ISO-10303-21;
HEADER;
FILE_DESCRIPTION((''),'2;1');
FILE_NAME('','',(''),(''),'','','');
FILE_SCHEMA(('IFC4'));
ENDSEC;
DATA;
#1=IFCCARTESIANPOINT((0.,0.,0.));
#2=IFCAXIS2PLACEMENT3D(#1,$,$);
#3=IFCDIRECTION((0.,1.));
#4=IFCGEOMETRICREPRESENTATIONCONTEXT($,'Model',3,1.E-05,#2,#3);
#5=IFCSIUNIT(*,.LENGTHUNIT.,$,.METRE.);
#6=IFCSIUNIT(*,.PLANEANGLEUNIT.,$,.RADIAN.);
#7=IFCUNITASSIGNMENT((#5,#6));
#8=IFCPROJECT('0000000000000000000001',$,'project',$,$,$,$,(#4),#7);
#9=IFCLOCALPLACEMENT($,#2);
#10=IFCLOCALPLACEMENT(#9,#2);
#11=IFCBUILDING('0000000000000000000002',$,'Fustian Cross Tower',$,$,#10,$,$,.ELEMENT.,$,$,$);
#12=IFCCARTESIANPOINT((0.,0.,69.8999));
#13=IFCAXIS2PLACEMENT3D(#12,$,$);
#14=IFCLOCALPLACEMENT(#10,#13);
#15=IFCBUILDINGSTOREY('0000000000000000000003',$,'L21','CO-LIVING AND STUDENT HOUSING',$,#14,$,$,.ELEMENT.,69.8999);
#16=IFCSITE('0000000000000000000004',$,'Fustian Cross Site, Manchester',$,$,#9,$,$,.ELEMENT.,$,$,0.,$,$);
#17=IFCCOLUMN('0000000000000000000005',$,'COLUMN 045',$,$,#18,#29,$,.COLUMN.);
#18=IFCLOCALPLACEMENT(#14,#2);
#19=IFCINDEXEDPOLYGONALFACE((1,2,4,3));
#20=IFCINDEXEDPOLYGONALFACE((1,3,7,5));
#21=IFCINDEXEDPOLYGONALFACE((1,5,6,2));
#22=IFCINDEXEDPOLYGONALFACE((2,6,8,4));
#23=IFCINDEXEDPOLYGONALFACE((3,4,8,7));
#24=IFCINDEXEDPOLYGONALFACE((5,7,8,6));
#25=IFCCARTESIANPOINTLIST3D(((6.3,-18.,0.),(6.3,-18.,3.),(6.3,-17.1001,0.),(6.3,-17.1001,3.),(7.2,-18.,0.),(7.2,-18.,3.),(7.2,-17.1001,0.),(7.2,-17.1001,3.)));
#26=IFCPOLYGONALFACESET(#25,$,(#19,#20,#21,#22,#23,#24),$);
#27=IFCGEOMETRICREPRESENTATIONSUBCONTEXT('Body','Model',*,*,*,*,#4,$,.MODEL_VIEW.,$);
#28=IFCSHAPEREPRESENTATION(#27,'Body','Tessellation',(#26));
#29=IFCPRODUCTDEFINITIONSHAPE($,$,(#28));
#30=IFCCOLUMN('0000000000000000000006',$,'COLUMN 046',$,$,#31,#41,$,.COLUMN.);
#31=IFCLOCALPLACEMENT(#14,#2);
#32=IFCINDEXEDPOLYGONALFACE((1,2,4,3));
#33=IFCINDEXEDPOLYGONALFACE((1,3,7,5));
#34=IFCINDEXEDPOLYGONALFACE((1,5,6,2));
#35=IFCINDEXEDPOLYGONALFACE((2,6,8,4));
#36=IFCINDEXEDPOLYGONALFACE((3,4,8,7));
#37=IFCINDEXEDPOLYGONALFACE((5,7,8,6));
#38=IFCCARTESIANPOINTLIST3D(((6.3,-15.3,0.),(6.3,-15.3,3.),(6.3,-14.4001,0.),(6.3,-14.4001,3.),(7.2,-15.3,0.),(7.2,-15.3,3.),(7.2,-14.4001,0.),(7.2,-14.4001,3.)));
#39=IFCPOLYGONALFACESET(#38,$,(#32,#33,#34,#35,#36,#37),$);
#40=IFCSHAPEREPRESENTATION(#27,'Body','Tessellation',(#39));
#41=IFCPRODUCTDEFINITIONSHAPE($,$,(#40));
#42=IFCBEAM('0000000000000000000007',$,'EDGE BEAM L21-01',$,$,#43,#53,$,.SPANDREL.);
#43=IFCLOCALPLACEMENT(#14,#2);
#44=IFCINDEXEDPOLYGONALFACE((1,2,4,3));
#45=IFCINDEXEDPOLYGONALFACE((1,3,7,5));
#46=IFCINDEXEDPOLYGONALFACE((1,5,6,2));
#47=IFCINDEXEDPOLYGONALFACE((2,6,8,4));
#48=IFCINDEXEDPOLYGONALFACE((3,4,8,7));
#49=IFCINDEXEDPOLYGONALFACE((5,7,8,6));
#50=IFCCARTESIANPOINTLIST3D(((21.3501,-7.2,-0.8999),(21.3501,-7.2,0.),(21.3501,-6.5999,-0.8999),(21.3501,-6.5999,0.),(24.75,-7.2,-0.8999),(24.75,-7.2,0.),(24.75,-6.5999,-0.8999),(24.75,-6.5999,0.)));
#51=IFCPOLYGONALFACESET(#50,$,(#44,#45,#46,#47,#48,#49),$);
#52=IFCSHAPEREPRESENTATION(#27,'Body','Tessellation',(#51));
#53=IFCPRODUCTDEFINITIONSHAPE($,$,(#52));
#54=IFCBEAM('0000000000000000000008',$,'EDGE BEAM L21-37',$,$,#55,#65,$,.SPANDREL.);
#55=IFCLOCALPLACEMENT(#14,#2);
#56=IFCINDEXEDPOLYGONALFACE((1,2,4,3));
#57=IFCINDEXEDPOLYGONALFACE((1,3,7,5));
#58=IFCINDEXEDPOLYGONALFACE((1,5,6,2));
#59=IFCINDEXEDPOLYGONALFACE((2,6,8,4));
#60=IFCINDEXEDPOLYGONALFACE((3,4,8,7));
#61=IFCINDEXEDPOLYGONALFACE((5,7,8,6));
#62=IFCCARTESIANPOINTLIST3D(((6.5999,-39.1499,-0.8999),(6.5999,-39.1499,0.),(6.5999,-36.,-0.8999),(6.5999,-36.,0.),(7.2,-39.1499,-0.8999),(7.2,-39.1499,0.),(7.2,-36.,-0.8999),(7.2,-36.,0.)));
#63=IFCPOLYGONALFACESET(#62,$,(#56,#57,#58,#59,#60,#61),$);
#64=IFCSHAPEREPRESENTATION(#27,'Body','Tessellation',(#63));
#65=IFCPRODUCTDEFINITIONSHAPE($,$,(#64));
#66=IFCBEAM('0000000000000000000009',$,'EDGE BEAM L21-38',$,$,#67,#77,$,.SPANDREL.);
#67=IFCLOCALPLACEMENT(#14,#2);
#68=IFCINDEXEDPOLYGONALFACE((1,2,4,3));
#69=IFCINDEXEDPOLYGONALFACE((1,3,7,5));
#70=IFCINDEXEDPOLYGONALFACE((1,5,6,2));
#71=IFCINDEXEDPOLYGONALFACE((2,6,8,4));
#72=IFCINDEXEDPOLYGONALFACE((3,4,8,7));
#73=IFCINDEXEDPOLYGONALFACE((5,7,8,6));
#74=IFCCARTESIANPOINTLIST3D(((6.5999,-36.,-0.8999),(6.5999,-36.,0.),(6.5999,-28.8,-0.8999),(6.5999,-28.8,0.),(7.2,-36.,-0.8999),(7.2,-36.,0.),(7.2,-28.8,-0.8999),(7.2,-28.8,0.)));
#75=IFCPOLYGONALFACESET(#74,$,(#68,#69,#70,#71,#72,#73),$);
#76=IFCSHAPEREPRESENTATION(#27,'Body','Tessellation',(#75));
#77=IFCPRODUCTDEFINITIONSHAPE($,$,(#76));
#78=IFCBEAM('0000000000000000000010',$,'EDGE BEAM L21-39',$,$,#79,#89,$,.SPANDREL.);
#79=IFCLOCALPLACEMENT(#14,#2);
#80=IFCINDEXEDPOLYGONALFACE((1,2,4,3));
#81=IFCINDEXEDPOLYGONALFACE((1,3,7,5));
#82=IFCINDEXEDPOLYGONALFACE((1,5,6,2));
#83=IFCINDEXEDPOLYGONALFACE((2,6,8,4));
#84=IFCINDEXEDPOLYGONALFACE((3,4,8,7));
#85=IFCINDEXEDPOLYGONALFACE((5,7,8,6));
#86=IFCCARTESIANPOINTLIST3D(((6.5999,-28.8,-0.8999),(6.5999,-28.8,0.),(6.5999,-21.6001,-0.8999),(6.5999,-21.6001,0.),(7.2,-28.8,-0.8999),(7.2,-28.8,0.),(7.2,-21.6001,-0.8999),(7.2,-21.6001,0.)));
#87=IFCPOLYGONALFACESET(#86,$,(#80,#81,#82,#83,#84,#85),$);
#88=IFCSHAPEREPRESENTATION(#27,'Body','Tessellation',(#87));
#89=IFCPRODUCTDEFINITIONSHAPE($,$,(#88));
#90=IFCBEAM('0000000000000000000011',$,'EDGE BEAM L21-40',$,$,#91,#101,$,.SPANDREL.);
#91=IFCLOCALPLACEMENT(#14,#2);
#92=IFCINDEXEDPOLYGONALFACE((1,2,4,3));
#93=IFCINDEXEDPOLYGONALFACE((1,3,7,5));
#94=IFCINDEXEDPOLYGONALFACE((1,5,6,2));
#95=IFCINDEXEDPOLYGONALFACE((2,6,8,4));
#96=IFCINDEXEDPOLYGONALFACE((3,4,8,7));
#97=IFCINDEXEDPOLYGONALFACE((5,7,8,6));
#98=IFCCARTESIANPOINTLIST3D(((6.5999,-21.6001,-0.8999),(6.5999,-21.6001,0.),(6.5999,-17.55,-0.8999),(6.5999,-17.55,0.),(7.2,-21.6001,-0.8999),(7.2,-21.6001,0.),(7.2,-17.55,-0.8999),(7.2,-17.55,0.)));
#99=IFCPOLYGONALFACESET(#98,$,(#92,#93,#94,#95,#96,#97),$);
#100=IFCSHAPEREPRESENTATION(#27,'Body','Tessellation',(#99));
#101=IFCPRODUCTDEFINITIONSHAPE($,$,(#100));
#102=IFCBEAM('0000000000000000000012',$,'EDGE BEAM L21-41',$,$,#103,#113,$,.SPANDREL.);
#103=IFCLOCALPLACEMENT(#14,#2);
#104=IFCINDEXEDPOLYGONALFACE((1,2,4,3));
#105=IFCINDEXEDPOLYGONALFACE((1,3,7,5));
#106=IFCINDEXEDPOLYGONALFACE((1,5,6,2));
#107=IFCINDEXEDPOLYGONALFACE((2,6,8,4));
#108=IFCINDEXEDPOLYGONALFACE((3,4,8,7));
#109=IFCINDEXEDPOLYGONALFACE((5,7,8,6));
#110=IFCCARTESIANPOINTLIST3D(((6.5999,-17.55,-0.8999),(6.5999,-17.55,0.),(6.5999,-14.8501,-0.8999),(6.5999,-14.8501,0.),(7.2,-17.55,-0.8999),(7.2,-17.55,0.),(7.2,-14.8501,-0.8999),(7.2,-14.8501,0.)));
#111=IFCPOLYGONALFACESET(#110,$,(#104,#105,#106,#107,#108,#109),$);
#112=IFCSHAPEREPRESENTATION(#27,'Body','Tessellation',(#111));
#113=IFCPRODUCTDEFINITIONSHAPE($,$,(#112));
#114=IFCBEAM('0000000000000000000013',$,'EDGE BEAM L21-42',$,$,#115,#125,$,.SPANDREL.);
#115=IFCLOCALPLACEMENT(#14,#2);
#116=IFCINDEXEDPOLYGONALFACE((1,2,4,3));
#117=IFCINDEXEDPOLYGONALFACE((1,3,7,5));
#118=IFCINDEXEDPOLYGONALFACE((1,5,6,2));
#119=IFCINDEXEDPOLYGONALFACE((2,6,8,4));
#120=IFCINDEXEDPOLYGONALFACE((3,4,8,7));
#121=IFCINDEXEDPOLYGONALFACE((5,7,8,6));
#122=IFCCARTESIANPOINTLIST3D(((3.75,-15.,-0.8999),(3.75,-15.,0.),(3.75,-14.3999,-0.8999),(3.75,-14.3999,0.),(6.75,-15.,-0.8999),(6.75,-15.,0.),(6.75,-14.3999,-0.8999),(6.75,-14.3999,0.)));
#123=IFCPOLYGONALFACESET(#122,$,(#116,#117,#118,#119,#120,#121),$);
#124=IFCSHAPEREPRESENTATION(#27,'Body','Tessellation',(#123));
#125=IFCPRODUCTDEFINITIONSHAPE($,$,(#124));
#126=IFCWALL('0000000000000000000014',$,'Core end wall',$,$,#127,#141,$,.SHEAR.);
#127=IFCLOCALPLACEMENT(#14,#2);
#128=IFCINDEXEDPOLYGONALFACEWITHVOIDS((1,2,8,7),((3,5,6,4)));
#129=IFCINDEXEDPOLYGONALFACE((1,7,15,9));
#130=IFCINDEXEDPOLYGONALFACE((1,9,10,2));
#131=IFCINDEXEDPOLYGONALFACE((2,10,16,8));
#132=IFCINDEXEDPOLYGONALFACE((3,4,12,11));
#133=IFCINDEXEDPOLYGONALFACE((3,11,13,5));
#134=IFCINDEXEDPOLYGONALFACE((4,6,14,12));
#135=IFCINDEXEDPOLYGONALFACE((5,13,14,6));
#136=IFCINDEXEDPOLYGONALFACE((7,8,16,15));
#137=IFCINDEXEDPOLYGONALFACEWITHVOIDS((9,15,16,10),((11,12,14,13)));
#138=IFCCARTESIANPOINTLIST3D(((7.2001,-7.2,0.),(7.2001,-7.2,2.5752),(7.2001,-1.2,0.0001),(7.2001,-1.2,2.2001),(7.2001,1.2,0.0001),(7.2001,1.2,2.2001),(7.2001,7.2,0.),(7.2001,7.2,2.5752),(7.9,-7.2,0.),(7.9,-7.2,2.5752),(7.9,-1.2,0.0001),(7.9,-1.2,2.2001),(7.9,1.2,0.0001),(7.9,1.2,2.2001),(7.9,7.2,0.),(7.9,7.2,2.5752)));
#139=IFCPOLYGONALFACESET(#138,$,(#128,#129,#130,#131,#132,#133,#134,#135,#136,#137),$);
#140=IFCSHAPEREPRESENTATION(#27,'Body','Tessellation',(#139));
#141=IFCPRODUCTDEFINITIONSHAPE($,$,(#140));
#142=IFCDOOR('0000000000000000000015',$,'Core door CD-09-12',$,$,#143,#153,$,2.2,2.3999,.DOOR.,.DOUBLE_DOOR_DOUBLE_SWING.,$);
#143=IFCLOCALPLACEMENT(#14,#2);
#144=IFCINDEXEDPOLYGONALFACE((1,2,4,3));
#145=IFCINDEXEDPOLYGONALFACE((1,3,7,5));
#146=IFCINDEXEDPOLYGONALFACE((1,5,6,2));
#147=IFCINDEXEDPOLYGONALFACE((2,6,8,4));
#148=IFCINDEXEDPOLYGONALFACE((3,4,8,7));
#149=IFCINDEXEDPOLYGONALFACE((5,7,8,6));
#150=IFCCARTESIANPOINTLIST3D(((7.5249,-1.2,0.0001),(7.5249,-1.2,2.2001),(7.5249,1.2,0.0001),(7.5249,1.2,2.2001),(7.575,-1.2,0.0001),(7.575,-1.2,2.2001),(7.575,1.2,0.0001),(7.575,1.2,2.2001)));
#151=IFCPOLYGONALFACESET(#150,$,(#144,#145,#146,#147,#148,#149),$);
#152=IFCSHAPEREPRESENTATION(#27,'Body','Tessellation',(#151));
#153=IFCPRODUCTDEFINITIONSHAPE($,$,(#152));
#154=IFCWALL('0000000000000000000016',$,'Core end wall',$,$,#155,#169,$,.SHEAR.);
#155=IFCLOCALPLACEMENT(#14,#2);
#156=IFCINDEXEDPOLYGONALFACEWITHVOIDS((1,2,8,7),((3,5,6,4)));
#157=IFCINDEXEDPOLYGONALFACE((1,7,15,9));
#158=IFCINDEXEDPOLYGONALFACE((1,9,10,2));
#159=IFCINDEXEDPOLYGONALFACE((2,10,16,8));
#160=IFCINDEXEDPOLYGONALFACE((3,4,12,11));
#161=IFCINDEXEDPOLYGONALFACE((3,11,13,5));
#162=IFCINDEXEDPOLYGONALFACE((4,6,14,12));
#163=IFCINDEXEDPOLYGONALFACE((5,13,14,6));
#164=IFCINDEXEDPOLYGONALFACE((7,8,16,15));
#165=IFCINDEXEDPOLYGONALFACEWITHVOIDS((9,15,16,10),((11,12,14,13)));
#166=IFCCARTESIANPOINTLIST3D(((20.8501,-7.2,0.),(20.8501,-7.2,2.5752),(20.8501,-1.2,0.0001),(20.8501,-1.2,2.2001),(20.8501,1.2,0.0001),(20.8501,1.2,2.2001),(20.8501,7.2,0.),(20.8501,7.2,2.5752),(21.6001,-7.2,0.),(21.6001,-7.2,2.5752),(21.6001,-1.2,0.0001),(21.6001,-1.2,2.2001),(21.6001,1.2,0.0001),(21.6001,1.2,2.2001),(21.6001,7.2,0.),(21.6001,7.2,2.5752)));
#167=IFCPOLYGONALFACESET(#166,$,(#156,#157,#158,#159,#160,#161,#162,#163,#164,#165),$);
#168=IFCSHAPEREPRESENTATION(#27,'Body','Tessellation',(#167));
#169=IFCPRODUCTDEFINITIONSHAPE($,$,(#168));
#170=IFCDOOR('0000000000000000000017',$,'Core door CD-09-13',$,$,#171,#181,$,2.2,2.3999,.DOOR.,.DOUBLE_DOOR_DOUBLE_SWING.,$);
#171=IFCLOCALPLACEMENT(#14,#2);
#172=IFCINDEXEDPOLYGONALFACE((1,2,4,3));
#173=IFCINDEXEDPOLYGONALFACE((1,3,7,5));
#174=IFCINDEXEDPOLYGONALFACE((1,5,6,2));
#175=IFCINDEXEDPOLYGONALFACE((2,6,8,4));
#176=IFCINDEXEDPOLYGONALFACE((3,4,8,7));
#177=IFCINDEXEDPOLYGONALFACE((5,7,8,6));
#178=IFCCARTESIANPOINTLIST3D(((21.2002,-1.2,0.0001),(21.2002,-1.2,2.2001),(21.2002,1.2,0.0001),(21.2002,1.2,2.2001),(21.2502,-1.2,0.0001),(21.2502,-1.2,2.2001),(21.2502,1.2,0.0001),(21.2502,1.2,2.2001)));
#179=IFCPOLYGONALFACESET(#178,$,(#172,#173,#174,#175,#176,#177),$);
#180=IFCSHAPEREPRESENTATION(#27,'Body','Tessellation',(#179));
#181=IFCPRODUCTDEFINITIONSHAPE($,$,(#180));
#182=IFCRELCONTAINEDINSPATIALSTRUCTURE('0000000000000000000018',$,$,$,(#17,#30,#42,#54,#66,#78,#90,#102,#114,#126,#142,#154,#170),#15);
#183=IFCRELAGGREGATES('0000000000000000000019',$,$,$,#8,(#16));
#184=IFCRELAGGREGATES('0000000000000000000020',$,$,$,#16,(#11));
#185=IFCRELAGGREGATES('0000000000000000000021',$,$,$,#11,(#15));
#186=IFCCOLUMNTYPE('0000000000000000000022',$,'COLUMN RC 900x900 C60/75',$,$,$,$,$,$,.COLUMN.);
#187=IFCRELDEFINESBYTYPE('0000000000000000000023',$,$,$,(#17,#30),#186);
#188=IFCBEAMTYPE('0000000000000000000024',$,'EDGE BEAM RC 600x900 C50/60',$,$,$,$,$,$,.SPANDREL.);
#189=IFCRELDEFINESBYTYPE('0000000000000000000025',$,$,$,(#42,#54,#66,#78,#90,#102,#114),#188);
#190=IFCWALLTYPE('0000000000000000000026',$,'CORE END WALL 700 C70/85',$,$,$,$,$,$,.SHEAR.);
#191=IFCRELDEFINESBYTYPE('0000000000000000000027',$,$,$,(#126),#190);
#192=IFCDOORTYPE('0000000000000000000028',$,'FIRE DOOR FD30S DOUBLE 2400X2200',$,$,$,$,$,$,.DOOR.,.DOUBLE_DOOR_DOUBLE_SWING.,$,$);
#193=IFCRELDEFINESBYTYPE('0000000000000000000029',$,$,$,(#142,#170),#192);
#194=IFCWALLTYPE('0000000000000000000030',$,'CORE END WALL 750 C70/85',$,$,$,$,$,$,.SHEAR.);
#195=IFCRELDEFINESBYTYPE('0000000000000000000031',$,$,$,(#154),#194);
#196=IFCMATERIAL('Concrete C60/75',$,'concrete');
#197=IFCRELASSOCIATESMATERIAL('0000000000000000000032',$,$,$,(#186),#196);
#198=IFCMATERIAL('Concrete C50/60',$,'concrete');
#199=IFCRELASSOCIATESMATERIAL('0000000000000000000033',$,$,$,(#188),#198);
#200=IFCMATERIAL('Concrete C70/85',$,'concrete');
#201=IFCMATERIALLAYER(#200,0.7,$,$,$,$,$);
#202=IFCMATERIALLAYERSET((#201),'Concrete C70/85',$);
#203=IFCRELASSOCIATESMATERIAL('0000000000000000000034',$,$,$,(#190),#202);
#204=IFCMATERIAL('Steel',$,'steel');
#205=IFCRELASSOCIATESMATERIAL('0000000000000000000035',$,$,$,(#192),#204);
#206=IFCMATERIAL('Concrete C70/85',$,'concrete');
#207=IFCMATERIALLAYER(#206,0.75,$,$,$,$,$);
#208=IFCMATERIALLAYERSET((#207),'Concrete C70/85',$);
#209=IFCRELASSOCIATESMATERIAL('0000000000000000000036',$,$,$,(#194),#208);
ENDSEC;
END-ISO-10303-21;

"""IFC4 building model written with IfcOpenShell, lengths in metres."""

from ifc_helpers import new_model, si_unit, direction, frame, frame_2d, origin, origin_2d, place, context, subcontext, project, spatial, rectangle, extrude, material, layer, layer_set, material_profile, profile_set, type_object, element, fill, save


model = new_model("IFC4")

# Units and contexts
model_context = context("Model", 3, precision=1e-05, world=origin(), true_north=direction((0.0, 1.0)))
body_context = subcontext(model_context, "Body", "Model", "MODEL_VIEW")
ifc_project = project(units=[si_unit("LENGTHUNIT", "METRE"), si_unit("PLANEANGLEUNIT", "RADIAN")], contexts=[model_context])

# Site, building, storey
site_placement = place(None, origin())
site = spatial("IfcSite", under=ifc_project, at=site_placement, Name="Fustian Cross Site, Manchester", CompositionType="ELEMENT", RefElevation=0.0)
building_placement = place(site_placement, origin())
building = spatial("IfcBuilding", under=site, at=building_placement, Name="Fustian Cross Tower", CompositionType="ELEMENT")
storey_placement = place(building_placement, frame((0.0, 0.0, 69.8999)))
storey = spatial("IfcBuildingStorey", under=building, at=storey_placement, Name="L21", Description="CO-LIVING AND STUDENT HOUSING", CompositionType="ELEMENT", Elevation=69.8999)

# Columns
ifc_material_1 = material(Name="Concrete C60/75", Category="concrete")
ifc_material_profile_1 = material_profile(ifc_material_1, rectangle(XDim=0.8999, YDim=0.8999, at=origin_2d()), Name="RC 900x900")
ifc_profile_set_1 = profile_set([ifc_material_profile_1], Name="Concrete C60/75")
column_type = type_object("IfcColumnType", Name="COLUMN RC 900x900 C60/75", PredefinedType="COLUMN", material=ifc_profile_set_1)
for number, where, z_axis, x_axis, name in (
    (1, (6.75, -17.55, 0.0), (0.0, 0.0, 1.0), (1.0, 0.0, 0.0), "COLUMN 045"),
    (2, (6.75, -14.8501, 0.0), (0.0, 0.0, 1.0), (1.0, 0.0, 0.0), "COLUMN 046"),
):
    element("IfcColumn", number, at=place(storey_placement, frame(where, z_axis=z_axis, x_axis=x_axis)), inside=storey, type_object=column_type, Name=name, PredefinedType="COLUMN", context=body_context, shape_type="SweptSolid", body=[
        extrude(rectangle(XDim=0.8999, YDim=0.8999, at=origin_2d()), origin(), (0.0, 0.0, 1.0), 3.0),
    ])

# Beams
ifc_material_2 = material(Name="Concrete C50/60", Category="concrete")
ifc_material_profile_2 = material_profile(ifc_material_2, rectangle(XDim=0.6001, YDim=0.8999, at=origin_2d()), Name="RC 600x900")
ifc_profile_set_2 = profile_set([ifc_material_profile_2], Name="Concrete C50/60")
beam_type = type_object("IfcBeamType", Name="EDGE BEAM RC 600x900 C50/60", PredefinedType="SPANDREL", material=ifc_profile_set_2)
beam_1_placement = place(storey_placement, frame((21.3501, -6.8999, -0.45), z_axis=(1.0, 0.0, 0.0), x_axis=(0.0, 1.0, 0.0)))
element("IfcBeam", 3, at=beam_1_placement, inside=storey, type_object=beam_type, Name="EDGE BEAM L21-01", PredefinedType="SPANDREL", context=body_context, shape_type="SweptSolid", body=[
    extrude(rectangle(XDim=0.6001, YDim=0.8999, at=origin_2d()), origin(), (0.0, 0.0, 1.0), 3.3999),
])
beam_2_placement = place(storey_placement, frame((6.8999, -39.1499, -0.45), z_axis=(0.0, 1.0, 0.0), x_axis=(-1.0, 0.0, 0.0)))
element("IfcBeam", 4, at=beam_2_placement, inside=storey, type_object=beam_type, Name="EDGE BEAM L21-37", PredefinedType="SPANDREL", context=body_context, shape_type="SweptSolid", body=[
    extrude(rectangle(XDim=0.6001, YDim=0.8999, at=origin_2d()), origin(), (0.0, 0.0, 1.0), 3.1499),
])
for number, where, z_axis, x_axis, name in (
    (5, (6.8999, -36.0, -0.45), (0.0, 1.0, 0.0), (-1.0, 0.0, 0.0), "EDGE BEAM L21-38"),
    (6, (6.8999, -28.8, -0.45), (0.0, 1.0, 0.0), (-1.0, 0.0, 0.0), "EDGE BEAM L21-39"),
):
    element("IfcBeam", number, at=place(storey_placement, frame(where, z_axis=z_axis, x_axis=x_axis)), inside=storey, type_object=beam_type, Name=name, PredefinedType="SPANDREL", context=body_context, shape_type="SweptSolid", body=[
        extrude(rectangle(XDim=0.6001, YDim=0.8999, at=origin_2d()), origin(), (0.0, 0.0, 1.0), 7.2),
    ])
beam_3_placement = place(storey_placement, frame((6.8999, -21.6001, -0.45), z_axis=(0.0, 1.0, 0.0), x_axis=(-1.0, 0.0, 0.0)))
element("IfcBeam", 7, at=beam_3_placement, inside=storey, type_object=beam_type, Name="EDGE BEAM L21-40", PredefinedType="SPANDREL", context=body_context, shape_type="SweptSolid", body=[
    extrude(rectangle(XDim=0.6001, YDim=0.8999, at=origin_2d()), origin(), (0.0, 0.0, 1.0), 4.05),
])
beam_4_placement = place(storey_placement, frame((6.8999, -17.55, -0.45), z_axis=(0.0, 1.0, 0.0), x_axis=(-1.0, 0.0, 0.0)))
element("IfcBeam", 8, at=beam_4_placement, inside=storey, type_object=beam_type, Name="EDGE BEAM L21-41", PredefinedType="SPANDREL", context=body_context, shape_type="SweptSolid", body=[
    extrude(rectangle(XDim=0.6001, YDim=0.8999, at=origin_2d()), origin(), (0.0, 0.0, 1.0), 2.7),
])
beam_5_placement = place(storey_placement, frame((6.75, -14.7, -0.45), z_axis=(-1.0, 0.0, 0.0), x_axis=(0.0, -1.0, 0.0)))
element("IfcBeam", 9, at=beam_5_placement, inside=storey, type_object=beam_type, Name="EDGE BEAM L21-42", PredefinedType="SPANDREL", context=body_context, shape_type="SweptSolid", body=[
    extrude(rectangle(XDim=0.6001, YDim=0.8999, at=origin_2d()), origin(), (0.0, 0.0, 1.0), 3.0),
])

# Walls, openings, doors
ifc_material_3 = material(Name="Concrete C70/85", Category="concrete")
ifc_layer_1 = layer(ifc_material_3, 0.7)
ifc_layer_set_1 = layer_set([ifc_layer_1], Name="Concrete C70/85")
wall_type_1 = type_object("IfcWallType", Name="CORE END WALL 700 C70/85", PredefinedType="SHEAR", material=ifc_layer_set_1)
wall_1_placement = place(storey_placement, frame((7.55, -7.2, 0.0), z_axis=(0.0, 0.0, 1.0), x_axis=(0.0, 1.0, 0.0)))
wall_1 = element("IfcWall", 10, at=wall_1_placement, inside=storey, type_object=wall_type_1, Name="Core end wall", PredefinedType="SHEAR", context=body_context, shape_type="SweptSolid", body=[
    extrude(rectangle(XDim=14.3999, YDim=0.7, at=frame_2d((7.2, 0.0))), origin(), (0.0, 0.0, 1.0), 2.5752),
])
opening_1_placement = place(wall_1_placement, frame((6.0, 0.0, 0.0)))
opening_1 = element("IfcOpeningElement", 11, at=opening_1_placement, cuts=wall_1, PredefinedType="OPENING", context=body_context, shape_type="SweptSolid", body=[
    extrude(rectangle(XDim=2.3999, YDim=2.2, at=frame_2d((1.2, 1.1001))), frame((0.0, 0.3599, 0.0), z_axis=(0.0, -1.0, 0.0), x_axis=(1.0, 0.0, 0.0)), (0.0, 0.0, 1.0), 0.72),
])
ifc_material_4 = material(Name="Steel", Category="steel")
door_type = type_object("IfcDoorType", Name="FIRE DOOR FD30S DOUBLE 2400X2200", OperationType="DOUBLE_DOOR_DOUBLE_SWING", PredefinedType="DOOR", material=ifc_material_4)
door_1_placement = place(opening_1_placement, frame((2.3999, 0.0, 0.0), z_axis=(0.0, 0.0, 1.0), x_axis=(-1.0, 0.0, 0.0)))
door_1 = element("IfcDoor", 12, at=door_1_placement, inside=storey, type_object=door_type, Name="Core door CD-09-12", OperationType="DOUBLE_DOOR_DOUBLE_SWING", OverallHeight=2.2, OverallWidth=2.3999, PredefinedType="DOOR", context=body_context, shape_type="SweptSolid", body=[
    extrude(rectangle(XDim=2.3999, YDim=2.2, at=frame_2d((1.2, 1.1001))), frame((0.0, 0.0249, 0.0), z_axis=(0.0, -1.0, 0.0), x_axis=(1.0, 0.0, 0.0)), (0.0, 0.0, 1.0), 0.05),
])
fill(opening_1, door_1)
ifc_material_5 = material(Name="Concrete C70/85", Category="concrete")
ifc_layer_2 = layer(ifc_material_5, 0.75)
ifc_layer_set_2 = layer_set([ifc_layer_2], Name="Concrete C70/85")
wall_type_2 = type_object("IfcWallType", Name="CORE END WALL 750 C70/85", PredefinedType="SHEAR", material=ifc_layer_set_2)
wall_2_placement = place(storey_placement, frame((21.2251, -7.2, 0.0), z_axis=(0.0, 0.0, 1.0), x_axis=(0.0, 1.0, 0.0)))
wall_2 = element("IfcWall", 13, at=wall_2_placement, inside=storey, type_object=wall_type_2, Name="Core end wall", PredefinedType="SHEAR", context=body_context, shape_type="SweptSolid", body=[
    extrude(rectangle(XDim=14.3999, YDim=0.75, at=frame_2d((7.2, 0.0))), origin(), (0.0, 0.0, 1.0), 2.5752),
])
opening_2_placement = place(wall_2_placement, frame((6.0, 0.0, 0.0)))
opening_2 = element("IfcOpeningElement", 14, at=opening_2_placement, cuts=wall_2, PredefinedType="OPENING", context=body_context, shape_type="SweptSolid", body=[
    extrude(rectangle(XDim=2.3999, YDim=2.2, at=frame_2d((1.2, 1.1001))), frame((0.0, 0.385, 0.0), z_axis=(0.0, -1.0, 0.0), x_axis=(1.0, 0.0, 0.0)), (0.0, 0.0, 1.0), 0.77),
])
door_2_placement = place(opening_2_placement, origin())
door_2 = element("IfcDoor", 15, at=door_2_placement, inside=storey, type_object=door_type, Name="Core door CD-09-13", OperationType="DOUBLE_DOOR_DOUBLE_SWING", OverallHeight=2.2, OverallWidth=2.3999, PredefinedType="DOOR", context=body_context, shape_type="SweptSolid", body=[
    extrude(rectangle(XDim=2.3999, YDim=2.2, at=frame_2d((1.2, 1.1001))), frame((0.0, 0.0249, 0.0), z_axis=(0.0, -1.0, 0.0), x_axis=(1.0, 0.0, 0.0)), (0.0, 0.0, 1.0), 0.05),
])
fill(opening_2, door_2)

save(model, "model.ifc")
